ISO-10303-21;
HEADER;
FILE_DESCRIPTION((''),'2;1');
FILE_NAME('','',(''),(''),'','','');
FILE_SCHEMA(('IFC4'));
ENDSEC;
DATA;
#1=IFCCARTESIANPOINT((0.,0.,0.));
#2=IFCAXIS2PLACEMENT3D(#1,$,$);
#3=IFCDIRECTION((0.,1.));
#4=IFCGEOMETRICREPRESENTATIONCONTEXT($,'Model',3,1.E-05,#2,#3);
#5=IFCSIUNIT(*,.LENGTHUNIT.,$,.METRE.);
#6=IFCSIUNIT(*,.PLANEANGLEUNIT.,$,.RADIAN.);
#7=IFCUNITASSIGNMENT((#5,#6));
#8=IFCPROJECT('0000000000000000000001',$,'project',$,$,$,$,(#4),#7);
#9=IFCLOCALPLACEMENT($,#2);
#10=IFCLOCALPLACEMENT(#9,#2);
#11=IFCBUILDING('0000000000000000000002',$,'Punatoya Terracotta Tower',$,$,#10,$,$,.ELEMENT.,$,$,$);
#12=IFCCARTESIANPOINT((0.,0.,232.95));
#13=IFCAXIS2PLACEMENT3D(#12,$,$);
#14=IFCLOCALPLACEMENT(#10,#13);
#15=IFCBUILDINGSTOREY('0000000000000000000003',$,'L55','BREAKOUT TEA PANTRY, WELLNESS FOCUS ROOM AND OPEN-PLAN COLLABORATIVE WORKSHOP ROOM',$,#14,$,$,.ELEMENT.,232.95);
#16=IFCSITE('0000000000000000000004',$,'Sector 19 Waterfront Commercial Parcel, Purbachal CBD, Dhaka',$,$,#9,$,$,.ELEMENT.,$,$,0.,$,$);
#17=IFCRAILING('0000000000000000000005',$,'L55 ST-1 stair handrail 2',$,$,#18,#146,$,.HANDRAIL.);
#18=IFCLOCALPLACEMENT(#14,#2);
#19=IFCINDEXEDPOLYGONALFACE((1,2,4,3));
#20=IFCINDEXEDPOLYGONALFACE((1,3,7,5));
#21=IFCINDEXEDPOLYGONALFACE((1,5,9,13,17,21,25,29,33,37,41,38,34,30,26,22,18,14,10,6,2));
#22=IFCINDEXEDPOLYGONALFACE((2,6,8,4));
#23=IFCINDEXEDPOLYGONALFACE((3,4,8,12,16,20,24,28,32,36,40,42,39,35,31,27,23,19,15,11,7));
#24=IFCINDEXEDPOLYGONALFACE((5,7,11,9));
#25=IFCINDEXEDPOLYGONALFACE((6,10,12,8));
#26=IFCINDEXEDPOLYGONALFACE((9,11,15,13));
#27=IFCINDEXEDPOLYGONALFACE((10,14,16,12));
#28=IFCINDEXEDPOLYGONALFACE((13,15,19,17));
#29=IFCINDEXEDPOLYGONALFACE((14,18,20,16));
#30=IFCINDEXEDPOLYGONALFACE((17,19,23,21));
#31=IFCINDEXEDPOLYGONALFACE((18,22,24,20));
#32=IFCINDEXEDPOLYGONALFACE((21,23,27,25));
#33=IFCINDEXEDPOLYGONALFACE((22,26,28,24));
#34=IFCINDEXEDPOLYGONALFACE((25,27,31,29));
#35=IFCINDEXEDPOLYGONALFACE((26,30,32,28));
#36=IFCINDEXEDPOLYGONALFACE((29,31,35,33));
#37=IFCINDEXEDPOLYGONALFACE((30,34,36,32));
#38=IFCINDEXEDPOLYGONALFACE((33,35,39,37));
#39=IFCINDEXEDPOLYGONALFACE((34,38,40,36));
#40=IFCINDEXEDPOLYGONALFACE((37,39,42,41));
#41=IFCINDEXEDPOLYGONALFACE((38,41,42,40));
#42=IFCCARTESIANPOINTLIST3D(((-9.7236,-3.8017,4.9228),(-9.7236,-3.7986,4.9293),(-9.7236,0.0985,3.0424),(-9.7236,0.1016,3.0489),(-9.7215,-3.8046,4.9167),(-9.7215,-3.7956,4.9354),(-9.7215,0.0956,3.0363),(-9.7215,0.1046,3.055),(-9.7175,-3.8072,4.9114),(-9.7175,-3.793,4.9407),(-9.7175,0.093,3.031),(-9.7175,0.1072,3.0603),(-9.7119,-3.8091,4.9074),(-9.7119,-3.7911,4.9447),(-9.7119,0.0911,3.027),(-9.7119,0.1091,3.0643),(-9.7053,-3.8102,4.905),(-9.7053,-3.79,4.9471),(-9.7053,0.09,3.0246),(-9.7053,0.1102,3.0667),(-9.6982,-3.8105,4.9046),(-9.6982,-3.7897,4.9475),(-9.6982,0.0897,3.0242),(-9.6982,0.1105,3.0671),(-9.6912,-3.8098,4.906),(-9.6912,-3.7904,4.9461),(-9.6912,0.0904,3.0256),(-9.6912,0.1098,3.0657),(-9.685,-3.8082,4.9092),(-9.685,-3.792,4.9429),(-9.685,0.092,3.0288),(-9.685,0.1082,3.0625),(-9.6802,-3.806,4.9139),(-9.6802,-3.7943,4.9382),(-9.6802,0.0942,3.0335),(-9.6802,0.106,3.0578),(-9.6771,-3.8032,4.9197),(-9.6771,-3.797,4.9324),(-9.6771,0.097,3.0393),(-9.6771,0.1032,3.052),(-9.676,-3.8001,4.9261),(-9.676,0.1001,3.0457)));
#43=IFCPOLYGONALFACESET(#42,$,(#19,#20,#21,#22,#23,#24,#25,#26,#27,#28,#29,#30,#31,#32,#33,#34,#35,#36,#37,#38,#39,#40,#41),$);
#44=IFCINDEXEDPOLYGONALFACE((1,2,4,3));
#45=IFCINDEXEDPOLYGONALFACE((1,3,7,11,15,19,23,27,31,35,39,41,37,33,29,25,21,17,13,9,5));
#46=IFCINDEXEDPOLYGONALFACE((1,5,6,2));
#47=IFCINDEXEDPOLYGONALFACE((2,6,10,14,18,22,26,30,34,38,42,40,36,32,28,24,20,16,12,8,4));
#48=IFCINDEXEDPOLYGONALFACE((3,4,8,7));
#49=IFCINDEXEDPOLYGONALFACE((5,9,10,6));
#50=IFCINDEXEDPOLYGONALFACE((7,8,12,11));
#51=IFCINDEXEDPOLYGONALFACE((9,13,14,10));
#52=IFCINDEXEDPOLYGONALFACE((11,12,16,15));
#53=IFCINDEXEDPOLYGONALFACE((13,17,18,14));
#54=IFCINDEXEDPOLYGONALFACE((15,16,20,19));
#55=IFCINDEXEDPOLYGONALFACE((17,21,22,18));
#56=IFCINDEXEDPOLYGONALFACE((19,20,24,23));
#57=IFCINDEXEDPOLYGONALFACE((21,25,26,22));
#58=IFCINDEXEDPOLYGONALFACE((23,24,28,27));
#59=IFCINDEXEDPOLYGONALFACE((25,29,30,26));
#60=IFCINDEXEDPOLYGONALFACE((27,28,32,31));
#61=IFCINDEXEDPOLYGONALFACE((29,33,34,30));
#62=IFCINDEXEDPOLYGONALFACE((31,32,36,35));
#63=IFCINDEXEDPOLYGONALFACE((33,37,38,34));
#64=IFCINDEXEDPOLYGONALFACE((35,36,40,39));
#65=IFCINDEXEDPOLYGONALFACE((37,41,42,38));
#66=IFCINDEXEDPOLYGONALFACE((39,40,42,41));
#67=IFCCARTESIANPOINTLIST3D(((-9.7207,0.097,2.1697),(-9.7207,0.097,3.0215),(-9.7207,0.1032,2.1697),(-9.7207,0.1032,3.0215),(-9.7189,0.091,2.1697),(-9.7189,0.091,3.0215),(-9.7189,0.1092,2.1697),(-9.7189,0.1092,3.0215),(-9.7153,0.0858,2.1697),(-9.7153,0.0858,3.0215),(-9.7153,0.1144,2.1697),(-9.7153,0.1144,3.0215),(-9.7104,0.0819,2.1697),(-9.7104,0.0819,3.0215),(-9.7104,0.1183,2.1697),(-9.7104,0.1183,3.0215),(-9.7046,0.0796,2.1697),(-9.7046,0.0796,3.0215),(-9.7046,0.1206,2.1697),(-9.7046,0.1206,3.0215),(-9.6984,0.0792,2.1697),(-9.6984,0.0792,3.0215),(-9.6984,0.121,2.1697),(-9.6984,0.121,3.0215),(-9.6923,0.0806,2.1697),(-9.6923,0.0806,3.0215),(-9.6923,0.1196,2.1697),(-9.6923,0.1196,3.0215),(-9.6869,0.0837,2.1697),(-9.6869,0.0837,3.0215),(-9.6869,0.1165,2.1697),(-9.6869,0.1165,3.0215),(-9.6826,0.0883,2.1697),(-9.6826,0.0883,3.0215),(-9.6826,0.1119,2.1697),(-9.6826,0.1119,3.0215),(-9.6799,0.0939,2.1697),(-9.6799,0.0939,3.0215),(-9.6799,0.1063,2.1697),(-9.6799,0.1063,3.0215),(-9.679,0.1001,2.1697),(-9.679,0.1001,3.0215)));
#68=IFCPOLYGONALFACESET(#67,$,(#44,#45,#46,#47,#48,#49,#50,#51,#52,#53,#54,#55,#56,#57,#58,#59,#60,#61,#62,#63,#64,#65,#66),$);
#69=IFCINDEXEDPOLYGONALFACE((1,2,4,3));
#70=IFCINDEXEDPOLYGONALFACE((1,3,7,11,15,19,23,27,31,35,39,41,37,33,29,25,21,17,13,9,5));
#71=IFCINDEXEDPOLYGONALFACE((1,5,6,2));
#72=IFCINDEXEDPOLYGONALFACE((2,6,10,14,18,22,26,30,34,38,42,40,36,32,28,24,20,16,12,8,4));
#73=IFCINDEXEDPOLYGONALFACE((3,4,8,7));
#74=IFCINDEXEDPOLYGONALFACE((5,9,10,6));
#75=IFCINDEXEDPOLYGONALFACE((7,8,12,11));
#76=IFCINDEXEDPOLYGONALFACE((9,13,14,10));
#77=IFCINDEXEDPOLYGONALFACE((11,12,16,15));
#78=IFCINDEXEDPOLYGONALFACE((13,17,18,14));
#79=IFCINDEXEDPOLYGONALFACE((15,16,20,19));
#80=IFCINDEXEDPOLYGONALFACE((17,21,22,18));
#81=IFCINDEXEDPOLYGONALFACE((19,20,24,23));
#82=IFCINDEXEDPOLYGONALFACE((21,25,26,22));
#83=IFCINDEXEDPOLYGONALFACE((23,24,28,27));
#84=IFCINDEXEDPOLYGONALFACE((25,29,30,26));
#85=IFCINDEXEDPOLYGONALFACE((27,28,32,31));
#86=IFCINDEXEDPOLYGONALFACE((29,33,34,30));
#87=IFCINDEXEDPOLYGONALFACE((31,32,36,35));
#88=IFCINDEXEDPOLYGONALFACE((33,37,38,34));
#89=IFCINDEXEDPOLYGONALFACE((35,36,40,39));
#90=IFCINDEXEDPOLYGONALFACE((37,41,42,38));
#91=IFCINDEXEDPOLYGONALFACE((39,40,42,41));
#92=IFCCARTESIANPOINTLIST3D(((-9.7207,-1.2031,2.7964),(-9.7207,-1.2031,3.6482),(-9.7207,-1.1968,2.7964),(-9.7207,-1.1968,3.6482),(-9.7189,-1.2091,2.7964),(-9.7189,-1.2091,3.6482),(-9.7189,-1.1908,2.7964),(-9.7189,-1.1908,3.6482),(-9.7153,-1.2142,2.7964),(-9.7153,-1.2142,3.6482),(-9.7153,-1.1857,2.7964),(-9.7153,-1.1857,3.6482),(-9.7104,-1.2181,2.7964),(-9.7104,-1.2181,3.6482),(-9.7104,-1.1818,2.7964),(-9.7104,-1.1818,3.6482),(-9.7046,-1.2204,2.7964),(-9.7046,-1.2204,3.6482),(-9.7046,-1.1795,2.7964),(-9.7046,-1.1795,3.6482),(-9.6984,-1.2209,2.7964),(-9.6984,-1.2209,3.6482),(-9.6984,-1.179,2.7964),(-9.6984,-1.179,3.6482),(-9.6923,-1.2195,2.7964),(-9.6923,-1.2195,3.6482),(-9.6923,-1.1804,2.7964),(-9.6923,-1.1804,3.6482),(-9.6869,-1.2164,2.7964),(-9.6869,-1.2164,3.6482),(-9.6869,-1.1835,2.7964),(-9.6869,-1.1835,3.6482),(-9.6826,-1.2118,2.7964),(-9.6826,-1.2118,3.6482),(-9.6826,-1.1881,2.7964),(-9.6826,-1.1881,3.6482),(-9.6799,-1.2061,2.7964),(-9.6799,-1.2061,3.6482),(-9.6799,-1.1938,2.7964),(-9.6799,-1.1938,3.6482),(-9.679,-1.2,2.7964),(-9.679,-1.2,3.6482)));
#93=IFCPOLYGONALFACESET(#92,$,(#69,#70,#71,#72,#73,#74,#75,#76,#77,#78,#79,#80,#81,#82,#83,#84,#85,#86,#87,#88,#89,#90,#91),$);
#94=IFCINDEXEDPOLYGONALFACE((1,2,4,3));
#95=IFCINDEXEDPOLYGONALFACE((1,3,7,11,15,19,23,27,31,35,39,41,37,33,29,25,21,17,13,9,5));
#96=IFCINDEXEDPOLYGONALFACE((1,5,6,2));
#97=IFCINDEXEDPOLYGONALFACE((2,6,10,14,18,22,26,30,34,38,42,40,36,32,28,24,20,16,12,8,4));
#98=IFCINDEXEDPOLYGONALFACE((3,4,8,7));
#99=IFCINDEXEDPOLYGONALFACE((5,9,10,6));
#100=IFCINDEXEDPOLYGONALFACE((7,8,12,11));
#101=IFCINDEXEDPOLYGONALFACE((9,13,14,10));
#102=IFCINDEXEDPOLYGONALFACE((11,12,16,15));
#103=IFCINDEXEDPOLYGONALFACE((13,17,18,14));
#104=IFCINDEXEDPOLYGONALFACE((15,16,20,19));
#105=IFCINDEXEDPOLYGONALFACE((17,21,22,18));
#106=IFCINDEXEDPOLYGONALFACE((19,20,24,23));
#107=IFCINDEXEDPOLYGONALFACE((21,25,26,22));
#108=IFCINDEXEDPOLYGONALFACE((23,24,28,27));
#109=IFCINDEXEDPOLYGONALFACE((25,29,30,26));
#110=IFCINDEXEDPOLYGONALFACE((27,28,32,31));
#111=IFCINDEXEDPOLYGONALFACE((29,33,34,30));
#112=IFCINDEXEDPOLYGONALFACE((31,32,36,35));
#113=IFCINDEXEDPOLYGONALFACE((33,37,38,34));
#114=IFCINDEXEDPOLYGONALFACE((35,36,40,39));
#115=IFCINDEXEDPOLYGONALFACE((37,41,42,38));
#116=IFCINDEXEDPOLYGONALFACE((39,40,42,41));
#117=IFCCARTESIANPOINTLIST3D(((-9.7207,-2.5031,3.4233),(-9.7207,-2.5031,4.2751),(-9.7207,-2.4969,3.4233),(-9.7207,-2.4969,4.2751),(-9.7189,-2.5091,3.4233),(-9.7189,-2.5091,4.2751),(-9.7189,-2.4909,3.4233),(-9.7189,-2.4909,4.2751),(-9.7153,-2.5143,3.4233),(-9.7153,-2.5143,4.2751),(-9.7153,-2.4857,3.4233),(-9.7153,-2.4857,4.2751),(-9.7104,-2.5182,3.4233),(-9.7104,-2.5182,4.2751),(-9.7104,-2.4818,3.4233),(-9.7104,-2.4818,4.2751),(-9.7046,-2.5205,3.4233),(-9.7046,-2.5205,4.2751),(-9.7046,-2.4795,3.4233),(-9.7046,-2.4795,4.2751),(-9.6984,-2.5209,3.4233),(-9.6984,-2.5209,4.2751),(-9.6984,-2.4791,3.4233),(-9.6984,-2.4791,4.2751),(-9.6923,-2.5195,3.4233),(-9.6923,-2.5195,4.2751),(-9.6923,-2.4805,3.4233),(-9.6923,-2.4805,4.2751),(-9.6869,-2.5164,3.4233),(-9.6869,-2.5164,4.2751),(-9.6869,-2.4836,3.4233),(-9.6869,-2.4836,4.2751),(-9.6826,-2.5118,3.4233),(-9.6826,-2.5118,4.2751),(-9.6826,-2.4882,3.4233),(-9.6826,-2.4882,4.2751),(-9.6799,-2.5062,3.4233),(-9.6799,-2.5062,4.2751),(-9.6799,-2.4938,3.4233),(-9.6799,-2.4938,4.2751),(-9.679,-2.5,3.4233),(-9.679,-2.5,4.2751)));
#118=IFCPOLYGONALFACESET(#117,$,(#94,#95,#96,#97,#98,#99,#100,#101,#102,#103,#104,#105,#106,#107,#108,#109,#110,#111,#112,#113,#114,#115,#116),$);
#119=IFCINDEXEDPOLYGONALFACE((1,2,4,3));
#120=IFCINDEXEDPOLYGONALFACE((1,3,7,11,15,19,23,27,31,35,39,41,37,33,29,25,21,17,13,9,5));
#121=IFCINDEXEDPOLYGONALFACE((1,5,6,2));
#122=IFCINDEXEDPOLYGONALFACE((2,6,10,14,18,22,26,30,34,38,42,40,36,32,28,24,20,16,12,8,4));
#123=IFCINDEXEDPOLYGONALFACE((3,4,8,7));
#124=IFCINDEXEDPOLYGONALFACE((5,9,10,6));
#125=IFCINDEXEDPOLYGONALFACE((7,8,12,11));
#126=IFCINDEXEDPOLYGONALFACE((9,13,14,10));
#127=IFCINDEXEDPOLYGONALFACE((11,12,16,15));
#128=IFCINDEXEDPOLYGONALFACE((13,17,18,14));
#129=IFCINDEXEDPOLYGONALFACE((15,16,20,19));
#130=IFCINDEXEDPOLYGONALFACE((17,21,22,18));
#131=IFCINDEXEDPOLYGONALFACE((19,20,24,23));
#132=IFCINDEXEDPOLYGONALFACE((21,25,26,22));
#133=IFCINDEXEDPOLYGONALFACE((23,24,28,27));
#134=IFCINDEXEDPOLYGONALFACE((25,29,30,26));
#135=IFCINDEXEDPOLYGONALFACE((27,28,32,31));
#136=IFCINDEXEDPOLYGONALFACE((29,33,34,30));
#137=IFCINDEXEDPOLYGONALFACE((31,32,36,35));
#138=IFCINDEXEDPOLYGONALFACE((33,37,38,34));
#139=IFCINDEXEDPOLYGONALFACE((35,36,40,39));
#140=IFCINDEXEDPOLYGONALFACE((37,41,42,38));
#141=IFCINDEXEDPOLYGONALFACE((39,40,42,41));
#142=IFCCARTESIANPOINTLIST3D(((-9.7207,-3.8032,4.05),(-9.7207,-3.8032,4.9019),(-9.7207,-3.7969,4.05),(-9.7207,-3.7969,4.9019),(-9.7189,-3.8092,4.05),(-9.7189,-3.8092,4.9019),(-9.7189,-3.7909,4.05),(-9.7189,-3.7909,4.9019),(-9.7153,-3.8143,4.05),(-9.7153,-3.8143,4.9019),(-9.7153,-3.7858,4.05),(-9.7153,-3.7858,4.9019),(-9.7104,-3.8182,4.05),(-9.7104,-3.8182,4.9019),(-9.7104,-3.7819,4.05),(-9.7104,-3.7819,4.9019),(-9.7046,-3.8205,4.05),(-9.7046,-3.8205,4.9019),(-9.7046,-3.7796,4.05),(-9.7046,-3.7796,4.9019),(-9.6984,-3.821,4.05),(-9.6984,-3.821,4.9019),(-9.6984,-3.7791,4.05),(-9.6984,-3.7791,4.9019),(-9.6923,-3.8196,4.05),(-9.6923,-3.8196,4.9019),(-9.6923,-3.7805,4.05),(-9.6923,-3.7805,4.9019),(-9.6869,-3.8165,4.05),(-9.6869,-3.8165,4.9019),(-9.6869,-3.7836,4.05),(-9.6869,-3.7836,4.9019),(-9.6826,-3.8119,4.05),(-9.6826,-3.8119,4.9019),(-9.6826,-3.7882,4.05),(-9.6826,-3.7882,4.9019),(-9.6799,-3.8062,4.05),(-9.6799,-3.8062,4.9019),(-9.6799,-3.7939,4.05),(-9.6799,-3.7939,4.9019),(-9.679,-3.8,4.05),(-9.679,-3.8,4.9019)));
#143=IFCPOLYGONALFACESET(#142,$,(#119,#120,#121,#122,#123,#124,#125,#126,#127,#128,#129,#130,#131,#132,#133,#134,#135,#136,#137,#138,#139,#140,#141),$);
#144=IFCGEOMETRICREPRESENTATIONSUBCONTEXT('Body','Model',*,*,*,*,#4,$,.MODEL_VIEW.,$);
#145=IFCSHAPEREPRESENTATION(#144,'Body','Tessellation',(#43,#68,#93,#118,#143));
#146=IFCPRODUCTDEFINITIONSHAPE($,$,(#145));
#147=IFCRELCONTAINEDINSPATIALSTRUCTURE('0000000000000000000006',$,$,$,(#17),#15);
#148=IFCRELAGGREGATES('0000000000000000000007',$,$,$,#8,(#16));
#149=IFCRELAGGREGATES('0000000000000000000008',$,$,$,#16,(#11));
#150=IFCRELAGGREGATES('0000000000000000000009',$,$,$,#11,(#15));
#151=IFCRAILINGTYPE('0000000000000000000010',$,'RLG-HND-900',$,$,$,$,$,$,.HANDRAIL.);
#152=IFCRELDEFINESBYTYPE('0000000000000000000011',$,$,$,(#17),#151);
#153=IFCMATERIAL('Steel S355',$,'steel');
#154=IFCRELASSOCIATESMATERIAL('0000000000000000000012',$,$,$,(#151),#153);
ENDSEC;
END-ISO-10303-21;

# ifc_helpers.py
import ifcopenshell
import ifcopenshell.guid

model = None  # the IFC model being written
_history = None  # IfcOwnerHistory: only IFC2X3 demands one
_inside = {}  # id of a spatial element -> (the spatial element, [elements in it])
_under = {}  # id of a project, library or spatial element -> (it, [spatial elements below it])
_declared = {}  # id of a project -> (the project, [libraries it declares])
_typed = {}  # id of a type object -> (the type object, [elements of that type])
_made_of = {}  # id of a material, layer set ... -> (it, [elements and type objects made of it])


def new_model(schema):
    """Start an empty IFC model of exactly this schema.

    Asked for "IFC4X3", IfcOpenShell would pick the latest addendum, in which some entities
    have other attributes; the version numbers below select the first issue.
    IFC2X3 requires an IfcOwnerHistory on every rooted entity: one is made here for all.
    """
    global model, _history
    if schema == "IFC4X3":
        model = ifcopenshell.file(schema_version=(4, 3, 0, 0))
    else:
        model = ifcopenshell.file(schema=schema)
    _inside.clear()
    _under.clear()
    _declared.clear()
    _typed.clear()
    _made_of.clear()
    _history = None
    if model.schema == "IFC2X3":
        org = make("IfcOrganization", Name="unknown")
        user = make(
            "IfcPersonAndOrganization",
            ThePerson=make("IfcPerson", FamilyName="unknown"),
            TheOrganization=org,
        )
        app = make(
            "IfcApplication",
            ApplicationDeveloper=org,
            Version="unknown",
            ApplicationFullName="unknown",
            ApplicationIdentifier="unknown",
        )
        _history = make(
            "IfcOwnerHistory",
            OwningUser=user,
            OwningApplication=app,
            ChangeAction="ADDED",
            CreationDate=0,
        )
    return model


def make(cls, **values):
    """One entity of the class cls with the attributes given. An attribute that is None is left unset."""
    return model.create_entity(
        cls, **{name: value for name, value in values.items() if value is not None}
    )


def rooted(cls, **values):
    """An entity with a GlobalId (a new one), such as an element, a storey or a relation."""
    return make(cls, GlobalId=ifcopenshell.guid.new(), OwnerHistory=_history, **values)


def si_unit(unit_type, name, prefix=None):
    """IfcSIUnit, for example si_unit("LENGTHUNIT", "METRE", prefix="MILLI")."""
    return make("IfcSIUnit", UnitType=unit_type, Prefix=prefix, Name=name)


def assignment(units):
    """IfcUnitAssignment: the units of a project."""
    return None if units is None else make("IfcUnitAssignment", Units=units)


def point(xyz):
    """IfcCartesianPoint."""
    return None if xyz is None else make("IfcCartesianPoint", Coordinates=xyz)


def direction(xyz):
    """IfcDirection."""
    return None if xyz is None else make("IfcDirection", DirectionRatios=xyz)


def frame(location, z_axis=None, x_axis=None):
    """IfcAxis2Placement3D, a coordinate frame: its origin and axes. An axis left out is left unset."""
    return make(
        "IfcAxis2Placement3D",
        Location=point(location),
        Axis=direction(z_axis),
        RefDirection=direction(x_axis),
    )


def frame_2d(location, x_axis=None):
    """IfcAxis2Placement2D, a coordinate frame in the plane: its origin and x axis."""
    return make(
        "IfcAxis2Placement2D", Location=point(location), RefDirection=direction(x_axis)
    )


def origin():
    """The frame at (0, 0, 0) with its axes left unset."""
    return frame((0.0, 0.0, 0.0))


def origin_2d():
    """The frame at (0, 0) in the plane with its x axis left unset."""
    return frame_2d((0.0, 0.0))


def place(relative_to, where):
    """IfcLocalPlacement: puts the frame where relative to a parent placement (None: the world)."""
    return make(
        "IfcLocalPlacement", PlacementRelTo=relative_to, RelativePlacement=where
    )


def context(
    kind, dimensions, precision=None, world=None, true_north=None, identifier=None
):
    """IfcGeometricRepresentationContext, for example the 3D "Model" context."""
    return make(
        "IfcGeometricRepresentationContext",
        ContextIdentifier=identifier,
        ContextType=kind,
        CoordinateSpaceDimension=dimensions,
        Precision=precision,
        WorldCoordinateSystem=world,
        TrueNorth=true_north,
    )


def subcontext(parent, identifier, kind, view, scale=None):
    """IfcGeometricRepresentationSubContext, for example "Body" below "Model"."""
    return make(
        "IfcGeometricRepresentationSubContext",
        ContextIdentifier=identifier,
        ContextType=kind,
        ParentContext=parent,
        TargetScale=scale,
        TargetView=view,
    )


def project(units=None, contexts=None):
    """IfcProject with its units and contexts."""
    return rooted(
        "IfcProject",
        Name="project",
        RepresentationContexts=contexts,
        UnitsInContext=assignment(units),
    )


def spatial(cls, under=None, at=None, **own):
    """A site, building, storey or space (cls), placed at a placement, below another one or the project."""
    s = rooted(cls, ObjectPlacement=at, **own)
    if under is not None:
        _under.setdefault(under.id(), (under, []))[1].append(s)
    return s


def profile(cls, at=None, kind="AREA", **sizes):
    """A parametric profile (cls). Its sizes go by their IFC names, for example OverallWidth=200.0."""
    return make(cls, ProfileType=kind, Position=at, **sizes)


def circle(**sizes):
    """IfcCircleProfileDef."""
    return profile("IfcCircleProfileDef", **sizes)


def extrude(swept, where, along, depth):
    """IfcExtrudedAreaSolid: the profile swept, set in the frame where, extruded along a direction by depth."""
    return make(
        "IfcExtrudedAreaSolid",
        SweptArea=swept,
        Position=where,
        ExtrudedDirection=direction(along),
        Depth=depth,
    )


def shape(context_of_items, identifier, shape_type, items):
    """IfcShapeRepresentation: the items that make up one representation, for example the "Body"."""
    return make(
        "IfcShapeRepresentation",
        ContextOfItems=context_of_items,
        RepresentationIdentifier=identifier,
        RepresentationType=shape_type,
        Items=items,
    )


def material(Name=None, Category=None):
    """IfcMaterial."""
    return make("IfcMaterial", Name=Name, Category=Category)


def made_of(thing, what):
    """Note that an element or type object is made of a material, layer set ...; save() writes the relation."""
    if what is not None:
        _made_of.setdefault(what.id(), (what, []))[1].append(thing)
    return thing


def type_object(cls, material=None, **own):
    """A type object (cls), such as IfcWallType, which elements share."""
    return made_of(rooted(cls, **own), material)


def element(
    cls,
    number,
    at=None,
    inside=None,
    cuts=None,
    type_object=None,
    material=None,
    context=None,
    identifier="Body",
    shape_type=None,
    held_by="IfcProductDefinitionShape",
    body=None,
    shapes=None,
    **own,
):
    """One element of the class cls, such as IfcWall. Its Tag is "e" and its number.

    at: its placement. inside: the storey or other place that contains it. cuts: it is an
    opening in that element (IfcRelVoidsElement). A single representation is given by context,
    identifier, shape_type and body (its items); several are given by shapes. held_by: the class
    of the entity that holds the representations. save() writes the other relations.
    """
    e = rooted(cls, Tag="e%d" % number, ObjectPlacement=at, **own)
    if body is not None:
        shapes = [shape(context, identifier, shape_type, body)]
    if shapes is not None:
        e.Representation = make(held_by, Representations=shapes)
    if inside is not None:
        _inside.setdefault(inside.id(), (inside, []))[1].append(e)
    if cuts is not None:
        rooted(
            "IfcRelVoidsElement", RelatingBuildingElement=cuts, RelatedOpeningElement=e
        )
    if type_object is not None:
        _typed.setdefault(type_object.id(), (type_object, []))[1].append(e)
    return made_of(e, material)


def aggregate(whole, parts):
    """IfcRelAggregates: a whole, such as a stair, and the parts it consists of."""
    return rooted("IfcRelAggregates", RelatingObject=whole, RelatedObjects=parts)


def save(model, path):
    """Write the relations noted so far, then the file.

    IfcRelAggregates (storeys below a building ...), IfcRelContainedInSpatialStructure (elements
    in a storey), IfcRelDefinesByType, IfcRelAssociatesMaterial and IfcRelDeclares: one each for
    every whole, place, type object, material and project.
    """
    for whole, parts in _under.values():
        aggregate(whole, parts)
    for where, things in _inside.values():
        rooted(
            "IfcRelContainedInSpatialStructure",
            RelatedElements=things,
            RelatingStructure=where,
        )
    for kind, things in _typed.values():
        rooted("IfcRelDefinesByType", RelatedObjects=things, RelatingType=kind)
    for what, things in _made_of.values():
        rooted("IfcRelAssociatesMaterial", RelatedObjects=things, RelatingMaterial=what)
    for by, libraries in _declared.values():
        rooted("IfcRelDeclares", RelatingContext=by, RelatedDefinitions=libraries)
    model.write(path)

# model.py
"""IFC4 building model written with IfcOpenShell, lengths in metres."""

from ifc_helpers import new_model, si_unit, direction, frame, origin, origin_2d, place, context, subcontext, project, spatial, circle, extrude, material, type_object, element, save


model = new_model("IFC4")

# Units and contexts
model_context = context("Model", 3, precision=1e-05, world=origin(), true_north=direction((0.0, 1.0)))
body_context = subcontext(model_context, "Body", "Model", "MODEL_VIEW")
ifc_project = project(units=[si_unit("LENGTHUNIT", "METRE"), si_unit("PLANEANGLEUNIT", "RADIAN")], contexts=[model_context])

# Site, building, storey
site_placement = place(None, origin())
site = spatial("IfcSite", under=ifc_project, at=site_placement, Name="Sector 19 Waterfront Commercial Parcel, Purbachal CBD, Dhaka", CompositionType="ELEMENT", RefElevation=0.0)
building_placement = place(site_placement, origin())
building = spatial("IfcBuilding", under=site, at=building_placement, Name="Punatoya Terracotta Tower", CompositionType="ELEMENT")
storey_placement = place(building_placement, frame((0.0, 0.0, 232.95)))
storey = spatial("IfcBuildingStorey", under=building, at=storey_placement, Name="L55", Description="BREAKOUT TEA PANTRY, WELLNESS FOCUS ROOM AND OPEN-PLAN COLLABORATIVE WORKSHOP ROOM", CompositionType="ELEMENT", Elevation=232.95)

# Shared definitions
ifc_material_1 = material(Name="Steel S355", Category="steel")

# Railing
railing_type_1 = type_object("IfcRailingType", Name="RLG-HND-900", PredefinedType="HANDRAIL", material=ifc_material_1)
railing_1_placement = place(storey_placement, frame((-9.7, 0.1001, 2.1697)))
element("IfcRailing", 1, at=railing_1_placement, inside=storey, type_object=railing_type_1, Name="L55 ST-1 stair handrail 2", PredefinedType="HANDRAIL", context=body_context, shape_type="SweptSolid", body=[
    extrude(circle(Radius=0.0239, at=origin_2d()), frame((0.0, 0.0, 0.876), z_axis=(0.0, -0.900774, 0.434289), x_axis=(1.0, 0.0, 0.0)), (0.0, 0.0, 1.0), 4.3298),
    extrude(circle(Radius=0.021, at=origin_2d()), origin(), (0.0, 0.0, 1.0), 0.8518),
    extrude(circle(Radius=0.021, at=origin_2d()), frame((0.0, -1.3, 0.6267)), (0.0, 0.0, 1.0), 0.8518),
    extrude(circle(Radius=0.021, at=origin_2d()), frame((0.0, -2.6001, 1.2537)), (0.0, 0.0, 1.0), 0.8518),
    extrude(circle(Radius=0.021, at=origin_2d()), frame((0.0, -3.9001, 1.8804)), (0.0, 0.0, 1.0), 0.8518),
])

save(model, "model.ifc")
